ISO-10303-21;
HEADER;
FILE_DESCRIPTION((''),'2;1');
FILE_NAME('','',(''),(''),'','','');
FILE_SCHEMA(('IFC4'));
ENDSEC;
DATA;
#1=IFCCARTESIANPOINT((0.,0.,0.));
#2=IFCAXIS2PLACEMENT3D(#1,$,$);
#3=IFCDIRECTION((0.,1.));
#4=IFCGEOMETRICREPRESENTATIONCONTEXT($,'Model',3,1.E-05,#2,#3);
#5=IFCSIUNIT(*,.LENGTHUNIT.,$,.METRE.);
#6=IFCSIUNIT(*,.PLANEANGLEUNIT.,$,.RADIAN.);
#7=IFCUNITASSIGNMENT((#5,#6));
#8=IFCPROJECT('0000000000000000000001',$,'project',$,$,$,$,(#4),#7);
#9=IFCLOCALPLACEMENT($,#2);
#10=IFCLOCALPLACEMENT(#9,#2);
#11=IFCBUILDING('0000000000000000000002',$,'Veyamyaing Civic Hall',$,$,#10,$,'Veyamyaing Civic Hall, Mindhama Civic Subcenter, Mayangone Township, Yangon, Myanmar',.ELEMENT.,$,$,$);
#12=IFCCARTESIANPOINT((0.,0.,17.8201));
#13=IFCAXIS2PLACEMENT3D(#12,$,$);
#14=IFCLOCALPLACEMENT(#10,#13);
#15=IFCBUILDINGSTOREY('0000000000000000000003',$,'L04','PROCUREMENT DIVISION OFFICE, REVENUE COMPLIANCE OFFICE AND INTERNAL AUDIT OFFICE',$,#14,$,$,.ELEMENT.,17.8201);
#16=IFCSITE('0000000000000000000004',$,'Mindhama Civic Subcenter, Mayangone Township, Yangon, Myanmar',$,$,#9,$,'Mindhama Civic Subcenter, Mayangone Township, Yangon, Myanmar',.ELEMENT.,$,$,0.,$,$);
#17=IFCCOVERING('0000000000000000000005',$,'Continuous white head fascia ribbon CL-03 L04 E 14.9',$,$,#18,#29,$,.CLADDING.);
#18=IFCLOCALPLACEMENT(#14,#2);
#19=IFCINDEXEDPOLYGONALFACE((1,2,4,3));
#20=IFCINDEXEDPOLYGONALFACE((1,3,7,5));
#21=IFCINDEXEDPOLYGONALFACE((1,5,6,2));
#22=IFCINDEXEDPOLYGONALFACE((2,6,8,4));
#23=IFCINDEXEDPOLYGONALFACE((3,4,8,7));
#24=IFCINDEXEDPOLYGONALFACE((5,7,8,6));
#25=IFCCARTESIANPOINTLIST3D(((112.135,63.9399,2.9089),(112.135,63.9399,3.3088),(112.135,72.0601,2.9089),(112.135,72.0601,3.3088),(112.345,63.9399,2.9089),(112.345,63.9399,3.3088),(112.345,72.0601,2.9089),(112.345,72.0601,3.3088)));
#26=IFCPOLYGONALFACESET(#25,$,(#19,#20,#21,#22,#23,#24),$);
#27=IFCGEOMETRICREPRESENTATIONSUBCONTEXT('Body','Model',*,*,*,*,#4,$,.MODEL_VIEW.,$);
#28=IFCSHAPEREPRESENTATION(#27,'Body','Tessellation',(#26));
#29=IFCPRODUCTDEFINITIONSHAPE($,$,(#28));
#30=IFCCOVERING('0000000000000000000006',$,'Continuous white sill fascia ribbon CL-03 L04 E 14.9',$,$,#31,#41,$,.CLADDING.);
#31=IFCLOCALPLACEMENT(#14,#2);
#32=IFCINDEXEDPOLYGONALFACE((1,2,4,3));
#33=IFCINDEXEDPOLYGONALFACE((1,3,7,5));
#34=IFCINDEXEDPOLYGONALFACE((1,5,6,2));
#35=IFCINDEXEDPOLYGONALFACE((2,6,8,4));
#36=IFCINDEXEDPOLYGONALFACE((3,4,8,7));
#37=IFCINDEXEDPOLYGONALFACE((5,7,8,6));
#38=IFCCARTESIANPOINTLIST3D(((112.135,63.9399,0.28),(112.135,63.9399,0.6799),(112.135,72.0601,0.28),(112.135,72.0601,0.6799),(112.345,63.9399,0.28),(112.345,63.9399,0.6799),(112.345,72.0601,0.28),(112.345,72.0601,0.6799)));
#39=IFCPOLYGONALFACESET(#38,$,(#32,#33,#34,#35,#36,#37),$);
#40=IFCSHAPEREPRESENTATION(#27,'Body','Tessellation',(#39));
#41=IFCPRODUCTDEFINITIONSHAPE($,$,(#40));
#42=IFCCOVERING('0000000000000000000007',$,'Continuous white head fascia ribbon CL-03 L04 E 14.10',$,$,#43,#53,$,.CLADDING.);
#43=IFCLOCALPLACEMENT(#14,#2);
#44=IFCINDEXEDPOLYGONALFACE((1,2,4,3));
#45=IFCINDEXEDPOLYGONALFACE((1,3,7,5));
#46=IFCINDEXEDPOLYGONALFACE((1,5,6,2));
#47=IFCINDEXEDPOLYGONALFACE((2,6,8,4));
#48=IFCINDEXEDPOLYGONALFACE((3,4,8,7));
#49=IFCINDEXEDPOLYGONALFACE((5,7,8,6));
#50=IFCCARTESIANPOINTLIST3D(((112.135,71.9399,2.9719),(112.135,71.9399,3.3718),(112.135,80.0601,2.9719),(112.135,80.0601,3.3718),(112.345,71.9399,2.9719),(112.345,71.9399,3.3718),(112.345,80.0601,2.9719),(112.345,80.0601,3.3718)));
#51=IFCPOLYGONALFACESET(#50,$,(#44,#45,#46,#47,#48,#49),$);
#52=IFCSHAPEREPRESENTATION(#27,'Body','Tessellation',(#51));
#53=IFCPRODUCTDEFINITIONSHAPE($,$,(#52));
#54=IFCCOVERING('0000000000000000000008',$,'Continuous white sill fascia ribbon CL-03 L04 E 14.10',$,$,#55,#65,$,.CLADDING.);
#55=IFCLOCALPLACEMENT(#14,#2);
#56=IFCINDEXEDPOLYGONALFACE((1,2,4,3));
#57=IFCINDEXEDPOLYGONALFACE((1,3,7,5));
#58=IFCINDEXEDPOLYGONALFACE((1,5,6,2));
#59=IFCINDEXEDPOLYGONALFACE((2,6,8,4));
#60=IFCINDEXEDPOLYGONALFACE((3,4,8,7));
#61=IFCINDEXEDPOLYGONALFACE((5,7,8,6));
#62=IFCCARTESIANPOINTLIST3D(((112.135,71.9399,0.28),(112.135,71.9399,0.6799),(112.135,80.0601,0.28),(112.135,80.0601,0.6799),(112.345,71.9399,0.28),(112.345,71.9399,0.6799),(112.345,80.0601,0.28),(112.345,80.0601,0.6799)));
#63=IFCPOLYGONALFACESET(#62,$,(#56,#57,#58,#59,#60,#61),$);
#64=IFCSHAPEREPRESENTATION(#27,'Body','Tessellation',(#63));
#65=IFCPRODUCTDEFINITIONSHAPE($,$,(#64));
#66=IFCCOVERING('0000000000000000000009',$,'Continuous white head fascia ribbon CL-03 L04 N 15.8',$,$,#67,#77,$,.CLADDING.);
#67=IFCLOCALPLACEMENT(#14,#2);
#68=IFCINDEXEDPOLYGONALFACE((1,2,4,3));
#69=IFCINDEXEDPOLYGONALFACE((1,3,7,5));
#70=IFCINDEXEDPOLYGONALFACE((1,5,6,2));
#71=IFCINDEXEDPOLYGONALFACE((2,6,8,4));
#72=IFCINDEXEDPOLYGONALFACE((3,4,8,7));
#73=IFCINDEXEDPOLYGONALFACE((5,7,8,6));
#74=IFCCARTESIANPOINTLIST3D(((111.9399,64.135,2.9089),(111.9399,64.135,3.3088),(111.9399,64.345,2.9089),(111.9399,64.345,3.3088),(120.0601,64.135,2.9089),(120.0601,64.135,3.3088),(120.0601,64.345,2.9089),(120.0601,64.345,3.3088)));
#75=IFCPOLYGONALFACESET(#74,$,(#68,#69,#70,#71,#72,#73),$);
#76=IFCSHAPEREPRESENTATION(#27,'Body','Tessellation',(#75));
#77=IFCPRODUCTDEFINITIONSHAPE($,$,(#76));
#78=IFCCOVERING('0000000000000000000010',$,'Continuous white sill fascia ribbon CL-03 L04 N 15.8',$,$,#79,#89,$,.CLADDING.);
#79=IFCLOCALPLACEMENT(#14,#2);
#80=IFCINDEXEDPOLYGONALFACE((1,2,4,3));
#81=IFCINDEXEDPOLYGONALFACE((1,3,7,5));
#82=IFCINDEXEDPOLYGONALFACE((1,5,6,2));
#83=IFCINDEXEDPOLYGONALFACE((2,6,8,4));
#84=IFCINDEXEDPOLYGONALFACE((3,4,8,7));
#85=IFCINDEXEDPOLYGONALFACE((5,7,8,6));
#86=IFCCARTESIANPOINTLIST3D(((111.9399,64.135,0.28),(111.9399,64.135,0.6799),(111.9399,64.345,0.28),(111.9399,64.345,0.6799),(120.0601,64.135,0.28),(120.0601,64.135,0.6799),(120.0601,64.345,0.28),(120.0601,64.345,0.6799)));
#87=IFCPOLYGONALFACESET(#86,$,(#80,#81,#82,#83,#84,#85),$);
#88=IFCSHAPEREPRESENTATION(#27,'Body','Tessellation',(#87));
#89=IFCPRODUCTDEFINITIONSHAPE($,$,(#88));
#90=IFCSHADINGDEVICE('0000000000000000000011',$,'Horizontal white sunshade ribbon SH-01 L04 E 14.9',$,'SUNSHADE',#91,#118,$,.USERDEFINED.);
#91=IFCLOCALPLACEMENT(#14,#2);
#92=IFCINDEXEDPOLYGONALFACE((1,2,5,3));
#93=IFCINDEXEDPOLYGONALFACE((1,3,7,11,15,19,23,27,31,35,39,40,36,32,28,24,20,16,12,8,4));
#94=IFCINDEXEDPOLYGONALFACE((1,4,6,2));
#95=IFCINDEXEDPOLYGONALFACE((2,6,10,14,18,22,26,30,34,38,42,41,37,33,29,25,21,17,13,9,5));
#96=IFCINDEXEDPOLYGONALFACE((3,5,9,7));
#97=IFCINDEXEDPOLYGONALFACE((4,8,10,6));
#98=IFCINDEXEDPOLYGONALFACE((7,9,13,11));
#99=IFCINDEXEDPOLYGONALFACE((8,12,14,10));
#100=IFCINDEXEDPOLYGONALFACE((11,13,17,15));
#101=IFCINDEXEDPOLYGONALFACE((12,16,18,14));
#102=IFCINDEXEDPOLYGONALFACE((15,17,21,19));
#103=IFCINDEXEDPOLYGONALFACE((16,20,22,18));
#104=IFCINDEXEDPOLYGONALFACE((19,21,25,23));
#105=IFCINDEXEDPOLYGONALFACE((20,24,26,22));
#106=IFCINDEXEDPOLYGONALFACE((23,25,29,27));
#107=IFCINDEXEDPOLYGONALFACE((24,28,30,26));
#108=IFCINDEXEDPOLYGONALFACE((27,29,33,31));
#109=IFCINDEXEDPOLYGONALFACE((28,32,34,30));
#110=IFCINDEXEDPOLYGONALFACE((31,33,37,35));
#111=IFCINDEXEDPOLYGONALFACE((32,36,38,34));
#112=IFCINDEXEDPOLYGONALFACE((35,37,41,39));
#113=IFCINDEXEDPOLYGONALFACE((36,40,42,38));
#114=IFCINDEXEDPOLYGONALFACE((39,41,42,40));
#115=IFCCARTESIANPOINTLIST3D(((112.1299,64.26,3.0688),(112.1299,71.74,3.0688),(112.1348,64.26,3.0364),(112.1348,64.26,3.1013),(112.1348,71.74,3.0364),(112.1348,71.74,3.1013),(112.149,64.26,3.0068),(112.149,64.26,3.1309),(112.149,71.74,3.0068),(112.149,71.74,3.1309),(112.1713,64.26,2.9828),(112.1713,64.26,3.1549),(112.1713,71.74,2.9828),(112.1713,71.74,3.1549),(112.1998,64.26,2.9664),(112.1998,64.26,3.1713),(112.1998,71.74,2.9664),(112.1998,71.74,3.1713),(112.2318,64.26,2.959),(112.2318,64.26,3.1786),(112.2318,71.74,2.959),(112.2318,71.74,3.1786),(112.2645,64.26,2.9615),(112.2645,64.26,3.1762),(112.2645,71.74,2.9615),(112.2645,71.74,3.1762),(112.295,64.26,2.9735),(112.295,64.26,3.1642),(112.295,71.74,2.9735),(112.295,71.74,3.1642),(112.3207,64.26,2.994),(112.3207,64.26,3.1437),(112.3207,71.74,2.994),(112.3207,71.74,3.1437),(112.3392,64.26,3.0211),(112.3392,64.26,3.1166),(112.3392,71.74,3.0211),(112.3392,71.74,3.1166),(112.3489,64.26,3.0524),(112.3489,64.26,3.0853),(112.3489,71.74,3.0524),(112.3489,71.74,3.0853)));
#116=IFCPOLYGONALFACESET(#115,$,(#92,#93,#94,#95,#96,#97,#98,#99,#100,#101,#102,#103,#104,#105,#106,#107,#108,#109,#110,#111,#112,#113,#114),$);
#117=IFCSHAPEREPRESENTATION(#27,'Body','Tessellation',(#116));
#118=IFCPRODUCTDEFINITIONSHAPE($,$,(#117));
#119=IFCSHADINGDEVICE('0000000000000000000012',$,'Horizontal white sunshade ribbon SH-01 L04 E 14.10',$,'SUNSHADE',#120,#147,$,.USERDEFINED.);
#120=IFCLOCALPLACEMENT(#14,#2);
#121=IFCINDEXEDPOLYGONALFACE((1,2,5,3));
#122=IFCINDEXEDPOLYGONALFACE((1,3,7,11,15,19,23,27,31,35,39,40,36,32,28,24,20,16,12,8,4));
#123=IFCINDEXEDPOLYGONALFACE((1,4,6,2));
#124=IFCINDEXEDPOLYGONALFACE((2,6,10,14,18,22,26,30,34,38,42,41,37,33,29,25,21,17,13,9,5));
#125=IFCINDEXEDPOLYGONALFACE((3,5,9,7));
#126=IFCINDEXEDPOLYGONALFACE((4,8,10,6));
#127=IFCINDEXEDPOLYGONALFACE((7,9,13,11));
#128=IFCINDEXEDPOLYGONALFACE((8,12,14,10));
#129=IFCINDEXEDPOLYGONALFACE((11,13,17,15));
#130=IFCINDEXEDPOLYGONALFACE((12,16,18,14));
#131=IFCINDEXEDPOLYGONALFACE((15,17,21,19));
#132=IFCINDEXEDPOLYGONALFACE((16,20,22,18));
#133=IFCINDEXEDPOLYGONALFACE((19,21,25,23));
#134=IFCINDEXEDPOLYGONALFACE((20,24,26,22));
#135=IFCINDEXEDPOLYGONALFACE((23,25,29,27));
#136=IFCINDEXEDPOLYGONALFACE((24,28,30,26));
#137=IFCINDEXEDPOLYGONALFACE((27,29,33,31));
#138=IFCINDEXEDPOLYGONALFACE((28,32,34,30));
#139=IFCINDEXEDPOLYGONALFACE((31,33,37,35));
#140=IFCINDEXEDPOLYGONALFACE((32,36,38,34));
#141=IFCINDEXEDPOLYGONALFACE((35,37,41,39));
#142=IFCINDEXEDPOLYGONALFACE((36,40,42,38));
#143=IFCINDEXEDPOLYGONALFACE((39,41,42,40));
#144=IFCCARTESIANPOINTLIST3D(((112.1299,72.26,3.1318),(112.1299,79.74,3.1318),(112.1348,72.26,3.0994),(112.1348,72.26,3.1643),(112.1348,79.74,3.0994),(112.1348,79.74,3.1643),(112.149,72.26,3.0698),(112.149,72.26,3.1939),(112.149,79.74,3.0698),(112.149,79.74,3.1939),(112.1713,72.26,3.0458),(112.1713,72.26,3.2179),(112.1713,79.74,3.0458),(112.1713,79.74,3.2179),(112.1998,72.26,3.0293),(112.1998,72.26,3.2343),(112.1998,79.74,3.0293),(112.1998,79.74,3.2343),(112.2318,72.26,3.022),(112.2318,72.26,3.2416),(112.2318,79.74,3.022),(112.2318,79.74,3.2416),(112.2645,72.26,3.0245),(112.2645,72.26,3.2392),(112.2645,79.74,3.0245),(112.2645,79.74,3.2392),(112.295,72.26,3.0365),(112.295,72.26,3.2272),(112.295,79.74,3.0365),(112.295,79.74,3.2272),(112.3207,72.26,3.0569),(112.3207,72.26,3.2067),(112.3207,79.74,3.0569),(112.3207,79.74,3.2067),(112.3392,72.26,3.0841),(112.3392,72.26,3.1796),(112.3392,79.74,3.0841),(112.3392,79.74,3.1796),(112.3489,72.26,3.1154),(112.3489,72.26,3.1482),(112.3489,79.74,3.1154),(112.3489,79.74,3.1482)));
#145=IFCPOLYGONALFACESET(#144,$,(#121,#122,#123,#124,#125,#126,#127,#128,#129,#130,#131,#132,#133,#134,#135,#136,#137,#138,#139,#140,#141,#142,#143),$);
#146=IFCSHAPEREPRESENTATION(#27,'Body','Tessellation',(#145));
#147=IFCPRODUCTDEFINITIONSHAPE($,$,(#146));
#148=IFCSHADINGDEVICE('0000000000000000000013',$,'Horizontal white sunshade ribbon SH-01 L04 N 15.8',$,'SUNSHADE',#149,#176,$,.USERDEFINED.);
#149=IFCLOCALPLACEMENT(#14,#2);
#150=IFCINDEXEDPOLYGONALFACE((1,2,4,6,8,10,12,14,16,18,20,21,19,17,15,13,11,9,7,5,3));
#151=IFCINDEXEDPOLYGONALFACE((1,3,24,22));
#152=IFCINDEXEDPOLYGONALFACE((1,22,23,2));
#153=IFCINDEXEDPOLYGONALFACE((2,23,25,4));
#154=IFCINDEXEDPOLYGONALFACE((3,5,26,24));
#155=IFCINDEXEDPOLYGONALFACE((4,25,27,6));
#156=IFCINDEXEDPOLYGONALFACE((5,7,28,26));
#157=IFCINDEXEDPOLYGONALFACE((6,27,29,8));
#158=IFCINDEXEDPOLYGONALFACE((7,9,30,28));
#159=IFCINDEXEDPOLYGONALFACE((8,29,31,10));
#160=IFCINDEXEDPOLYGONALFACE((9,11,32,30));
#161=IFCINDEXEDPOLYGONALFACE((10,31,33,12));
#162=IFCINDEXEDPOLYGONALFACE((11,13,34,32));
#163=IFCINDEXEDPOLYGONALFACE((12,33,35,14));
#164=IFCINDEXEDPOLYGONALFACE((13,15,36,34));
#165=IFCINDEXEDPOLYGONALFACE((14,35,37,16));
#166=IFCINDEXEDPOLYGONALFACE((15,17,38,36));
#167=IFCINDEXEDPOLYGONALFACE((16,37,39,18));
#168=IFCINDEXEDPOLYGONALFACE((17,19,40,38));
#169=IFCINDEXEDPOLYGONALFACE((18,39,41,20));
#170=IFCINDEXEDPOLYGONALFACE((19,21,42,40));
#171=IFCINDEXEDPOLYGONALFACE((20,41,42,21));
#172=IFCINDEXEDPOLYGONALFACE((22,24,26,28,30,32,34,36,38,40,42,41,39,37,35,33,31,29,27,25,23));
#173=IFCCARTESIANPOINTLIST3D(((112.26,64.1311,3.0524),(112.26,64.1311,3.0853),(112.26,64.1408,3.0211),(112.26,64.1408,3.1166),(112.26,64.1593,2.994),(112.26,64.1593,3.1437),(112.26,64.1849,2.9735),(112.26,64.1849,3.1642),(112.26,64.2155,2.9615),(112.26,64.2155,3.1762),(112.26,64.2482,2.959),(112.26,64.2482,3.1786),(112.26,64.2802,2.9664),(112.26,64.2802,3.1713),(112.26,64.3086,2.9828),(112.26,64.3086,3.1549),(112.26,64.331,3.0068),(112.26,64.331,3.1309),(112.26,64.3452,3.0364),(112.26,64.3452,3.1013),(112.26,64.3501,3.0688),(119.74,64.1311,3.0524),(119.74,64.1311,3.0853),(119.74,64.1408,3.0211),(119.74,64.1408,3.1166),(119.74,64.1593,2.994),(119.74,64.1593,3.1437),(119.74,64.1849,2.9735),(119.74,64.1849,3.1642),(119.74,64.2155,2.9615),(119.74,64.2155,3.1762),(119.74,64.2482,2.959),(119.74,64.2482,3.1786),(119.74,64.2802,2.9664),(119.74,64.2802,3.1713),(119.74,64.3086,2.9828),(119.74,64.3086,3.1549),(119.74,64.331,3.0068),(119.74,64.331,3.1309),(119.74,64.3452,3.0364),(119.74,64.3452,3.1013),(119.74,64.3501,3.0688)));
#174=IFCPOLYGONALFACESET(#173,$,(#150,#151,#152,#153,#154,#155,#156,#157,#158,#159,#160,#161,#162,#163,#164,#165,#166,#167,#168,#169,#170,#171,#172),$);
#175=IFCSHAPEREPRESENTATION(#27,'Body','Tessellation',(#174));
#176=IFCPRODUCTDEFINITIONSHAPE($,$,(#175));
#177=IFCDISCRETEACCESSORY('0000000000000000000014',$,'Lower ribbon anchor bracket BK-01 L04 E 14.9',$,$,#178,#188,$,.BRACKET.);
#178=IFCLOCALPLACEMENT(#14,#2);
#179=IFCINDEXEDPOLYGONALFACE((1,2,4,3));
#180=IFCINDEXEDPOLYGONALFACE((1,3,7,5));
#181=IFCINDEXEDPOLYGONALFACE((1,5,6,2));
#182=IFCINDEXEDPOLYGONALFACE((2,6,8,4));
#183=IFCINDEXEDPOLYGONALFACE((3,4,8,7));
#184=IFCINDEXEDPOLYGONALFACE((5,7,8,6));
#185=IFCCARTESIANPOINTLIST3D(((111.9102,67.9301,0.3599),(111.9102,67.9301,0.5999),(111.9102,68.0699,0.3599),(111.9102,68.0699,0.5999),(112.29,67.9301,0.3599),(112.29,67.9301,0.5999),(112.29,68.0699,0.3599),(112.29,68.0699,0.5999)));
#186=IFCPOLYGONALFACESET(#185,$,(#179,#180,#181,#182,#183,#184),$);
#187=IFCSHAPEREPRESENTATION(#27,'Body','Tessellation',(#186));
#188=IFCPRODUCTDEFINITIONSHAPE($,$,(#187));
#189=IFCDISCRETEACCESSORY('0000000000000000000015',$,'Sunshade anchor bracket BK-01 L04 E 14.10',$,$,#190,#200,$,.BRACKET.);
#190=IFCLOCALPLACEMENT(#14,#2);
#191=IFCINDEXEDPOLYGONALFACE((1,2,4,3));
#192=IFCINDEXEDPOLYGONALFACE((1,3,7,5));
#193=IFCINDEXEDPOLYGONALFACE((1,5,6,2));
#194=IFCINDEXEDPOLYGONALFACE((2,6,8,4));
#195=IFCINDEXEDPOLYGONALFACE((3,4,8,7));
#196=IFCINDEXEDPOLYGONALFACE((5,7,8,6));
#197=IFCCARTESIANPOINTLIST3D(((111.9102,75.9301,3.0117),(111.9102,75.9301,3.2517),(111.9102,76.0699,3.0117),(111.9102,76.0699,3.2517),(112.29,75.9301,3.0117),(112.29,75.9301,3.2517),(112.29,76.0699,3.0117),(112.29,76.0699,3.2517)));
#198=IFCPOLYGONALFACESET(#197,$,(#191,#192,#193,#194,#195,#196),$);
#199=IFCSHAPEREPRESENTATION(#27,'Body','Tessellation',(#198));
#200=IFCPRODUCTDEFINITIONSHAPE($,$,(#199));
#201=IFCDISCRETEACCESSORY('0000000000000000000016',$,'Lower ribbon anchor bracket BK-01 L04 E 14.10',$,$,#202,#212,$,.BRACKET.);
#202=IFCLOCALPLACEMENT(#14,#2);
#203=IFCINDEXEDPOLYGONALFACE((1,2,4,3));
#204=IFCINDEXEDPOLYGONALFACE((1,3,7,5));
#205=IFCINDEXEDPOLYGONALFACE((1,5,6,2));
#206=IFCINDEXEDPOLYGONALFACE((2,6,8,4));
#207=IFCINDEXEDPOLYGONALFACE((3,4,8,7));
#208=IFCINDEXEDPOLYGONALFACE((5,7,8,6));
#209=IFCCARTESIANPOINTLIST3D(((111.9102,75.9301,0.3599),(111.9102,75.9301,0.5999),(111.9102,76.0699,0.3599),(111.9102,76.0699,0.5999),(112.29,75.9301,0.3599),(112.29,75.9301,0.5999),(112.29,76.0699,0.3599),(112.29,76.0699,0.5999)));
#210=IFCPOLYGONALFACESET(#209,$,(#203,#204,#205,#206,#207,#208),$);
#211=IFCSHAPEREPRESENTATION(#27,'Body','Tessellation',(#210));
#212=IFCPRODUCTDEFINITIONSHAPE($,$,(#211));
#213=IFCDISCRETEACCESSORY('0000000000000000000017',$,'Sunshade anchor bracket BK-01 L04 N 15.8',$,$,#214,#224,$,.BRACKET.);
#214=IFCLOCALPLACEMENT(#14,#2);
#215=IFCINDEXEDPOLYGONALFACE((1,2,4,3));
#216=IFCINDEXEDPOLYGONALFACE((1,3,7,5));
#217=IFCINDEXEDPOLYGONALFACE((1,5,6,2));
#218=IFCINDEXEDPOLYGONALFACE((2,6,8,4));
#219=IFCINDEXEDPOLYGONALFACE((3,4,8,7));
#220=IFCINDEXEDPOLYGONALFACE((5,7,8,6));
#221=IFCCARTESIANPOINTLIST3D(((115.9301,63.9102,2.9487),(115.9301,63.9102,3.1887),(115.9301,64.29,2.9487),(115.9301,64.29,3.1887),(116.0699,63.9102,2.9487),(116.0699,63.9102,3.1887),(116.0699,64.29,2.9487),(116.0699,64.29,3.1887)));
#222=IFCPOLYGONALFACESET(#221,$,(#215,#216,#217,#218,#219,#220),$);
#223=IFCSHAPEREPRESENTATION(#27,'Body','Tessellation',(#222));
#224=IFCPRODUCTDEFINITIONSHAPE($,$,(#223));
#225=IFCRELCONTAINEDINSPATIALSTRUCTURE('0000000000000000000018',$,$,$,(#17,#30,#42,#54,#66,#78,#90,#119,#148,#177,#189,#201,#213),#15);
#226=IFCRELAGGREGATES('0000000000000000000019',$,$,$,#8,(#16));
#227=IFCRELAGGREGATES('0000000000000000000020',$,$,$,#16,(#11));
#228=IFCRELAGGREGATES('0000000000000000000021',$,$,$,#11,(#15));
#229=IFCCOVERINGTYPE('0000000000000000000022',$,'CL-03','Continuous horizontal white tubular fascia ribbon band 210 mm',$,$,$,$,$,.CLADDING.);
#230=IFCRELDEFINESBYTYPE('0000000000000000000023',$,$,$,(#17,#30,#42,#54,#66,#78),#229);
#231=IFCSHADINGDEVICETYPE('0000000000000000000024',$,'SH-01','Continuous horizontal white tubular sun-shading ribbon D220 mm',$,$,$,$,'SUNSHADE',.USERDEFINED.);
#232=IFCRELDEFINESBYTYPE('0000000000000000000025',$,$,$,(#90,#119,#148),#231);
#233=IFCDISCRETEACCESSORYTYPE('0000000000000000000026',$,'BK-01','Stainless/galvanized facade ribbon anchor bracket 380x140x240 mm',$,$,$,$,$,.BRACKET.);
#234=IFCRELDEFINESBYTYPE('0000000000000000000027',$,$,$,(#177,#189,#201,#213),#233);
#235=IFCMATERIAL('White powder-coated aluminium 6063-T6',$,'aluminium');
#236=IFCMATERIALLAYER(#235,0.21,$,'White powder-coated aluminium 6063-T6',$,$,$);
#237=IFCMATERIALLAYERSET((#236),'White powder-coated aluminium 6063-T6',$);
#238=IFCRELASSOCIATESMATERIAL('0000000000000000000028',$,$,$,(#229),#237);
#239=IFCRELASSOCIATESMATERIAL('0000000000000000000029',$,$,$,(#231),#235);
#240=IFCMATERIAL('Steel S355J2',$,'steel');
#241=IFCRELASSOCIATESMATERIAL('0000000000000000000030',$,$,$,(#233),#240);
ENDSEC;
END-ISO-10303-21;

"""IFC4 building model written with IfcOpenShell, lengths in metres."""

from ifc_helpers import new_model, si_unit, direction, frame, origin, origin_2d, place, context, subcontext, project, spatial, rectangle, circle, extrude, material, layer, layer_set, material_profile, profile_set, type_object, element, save


model = new_model("IFC4")

# Units and contexts
model_context = context("Model", 3, precision=1e-05, world=origin(), true_north=direction((0.0, 1.0)))
body_context = subcontext(model_context, "Body", "Model", "MODEL_VIEW")
ifc_project = project(units=[si_unit("LENGTHUNIT", "METRE"), si_unit("PLANEANGLEUNIT", "RADIAN")], contexts=[model_context])

# Site, building, storey
site_placement = place(None, origin())
site = spatial("IfcSite", under=ifc_project, at=site_placement, Name="Mindhama Civic Subcenter, Mayangone Township, Yangon, Myanmar", LongName="Mindhama Civic Subcenter, Mayangone Township, Yangon, Myanmar", CompositionType="ELEMENT", RefElevation=0.0)
building_placement = place(site_placement, origin())
building = spatial("IfcBuilding", under=site, at=building_placement, Name="Veyamyaing Civic Hall", LongName="Veyamyaing Civic Hall, Mindhama Civic Subcenter, Mayangone Township, Yangon, Myanmar", CompositionType="ELEMENT")
storey_placement = place(building_placement, frame((0.0, 0.0, 17.8201)))
storey = spatial("IfcBuildingStorey", under=building, at=storey_placement, Name="L04", Description="PROCUREMENT DIVISION OFFICE, REVENUE COMPLIANCE OFFICE AND INTERNAL AUDIT OFFICE", CompositionType="ELEMENT", Elevation=17.8201)

# Coverings
ifc_material_1 = material(Name="White powder-coated aluminium 6063-T6", Category="aluminium")
ifc_layer_1 = layer(ifc_material_1, 0.21, Name="White powder-coated aluminium 6063-T6")
ifc_layer_set_1 = layer_set([ifc_layer_1], Name="White powder-coated aluminium 6063-T6")
covering_type_1 = type_object("IfcCoveringType", Name="CL-03", Description="Continuous horizontal white tubular fascia ribbon band 210 mm", PredefinedType="CLADDING", material=ifc_layer_set_1)
for number, where, z_axis, x_axis, name in (
    (1, (112.24, 68.0, 2.9089), (0.0, 0.0, 1.0), (0.0, 1.0, 0.0), "Continuous white head fascia ribbon CL-03 L04 E 14.9"),
    (2, (112.24, 68.0, 0.28), (0.0, 0.0, 1.0), (0.0, 1.0, 0.0), "Continuous white sill fascia ribbon CL-03 L04 E 14.9"),
    (3, (112.24, 76.0, 2.9719), (0.0, 0.0, 1.0), (0.0, 1.0, 0.0), "Continuous white head fascia ribbon CL-03 L04 E 14.10"),
    (4, (112.24, 76.0, 0.28), (0.0, 0.0, 1.0), (0.0, 1.0, 0.0), "Continuous white sill fascia ribbon CL-03 L04 E 14.10"),
    (5, (116.0, 64.24, 2.9089), (0.0, 0.0, 1.0), (1.0, 0.0, 0.0), "Continuous white head fascia ribbon CL-03 L04 N 15.8"),
    (6, (116.0, 64.24, 0.28), (0.0, 0.0, 1.0), (1.0, 0.0, 0.0), "Continuous white sill fascia ribbon CL-03 L04 N 15.8"),
):
    element("IfcCovering", number, at=place(storey_placement, frame(where, z_axis=z_axis, x_axis=x_axis)), inside=storey, type_object=covering_type_1, Name=name, PredefinedType="CLADDING", context=body_context, shape_type="SweptSolid", body=[
        extrude(rectangle(XDim=8.1201, YDim=0.21, at=origin_2d()), origin(), (0.0, 0.0, 1.0), 0.3999),
    ])

# Shading devices
ifc_material_profile_1 = material_profile(ifc_material_1, circle(Radius=0.1101, at=origin_2d()), Name="SHADE-TUBE-220")
ifc_profile_set_1 = profile_set([ifc_material_profile_1], Name="White powder-coated aluminium 6063-T6")
shading_device_type = type_object("IfcShadingDeviceType", Name="SH-01", Description="Continuous horizontal white tubular sun-shading ribbon D220 mm", ElementType="SUNSHADE", PredefinedType="USERDEFINED", material=ifc_profile_set_1)
for number, where, z_axis, x_axis, name in (
    (7, (112.24, 64.26, 3.0688), (0.0, 1.0, 0.0), (-1.0, 0.0, 0.0), "Horizontal white sunshade ribbon SH-01 L04 E 14.9"),
    (8, (112.24, 72.26, 3.1318), (0.0, 1.0, 0.0), (-1.0, 0.0, 0.0), "Horizontal white sunshade ribbon SH-01 L04 E 14.10"),
    (9, (112.26, 64.24, 3.0688), (1.0, 0.0, 0.0), (0.0, 1.0, 0.0), "Horizontal white sunshade ribbon SH-01 L04 N 15.8"),
):
    element("IfcShadingDevice", number, at=place(storey_placement, frame(where, z_axis=z_axis, x_axis=x_axis)), inside=storey, type_object=shading_device_type, Name=name, ObjectType="SUNSHADE", PredefinedType="USERDEFINED", context=body_context, shape_type="SweptSolid", body=[
        extrude(circle(Radius=0.1101, at=origin_2d()), origin(), (0.0, 0.0, 1.0), 7.48),
    ])

# Discrete accessories
ifc_material_2 = material(Name="Steel S355J2", Category="steel")
discrete_accessory_type = type_object("IfcDiscreteAccessoryType", Name="BK-01", Description="Stainless/galvanized facade ribbon anchor bracket 380x140x240 mm", PredefinedType="BRACKET", material=ifc_material_2)
for number, where, z_axis, x_axis, name in (
    (10, (112.1001, 68.0, 0.3599), (0.0, 0.0, 1.0), (1.0, 0.0, 0.0), "Lower ribbon anchor bracket BK-01 L04 E 14.9"),
    (11, (112.1001, 76.0, 3.0117), (0.0, 0.0, 1.0), (1.0, 0.0, 0.0), "Sunshade anchor bracket BK-01 L04 E 14.10"),
    (12, (112.1001, 76.0, 0.3599), (0.0, 0.0, 1.0), (1.0, 0.0, 0.0), "Lower ribbon anchor bracket BK-01 L04 E 14.10"),
    (13, (116.0, 64.1001, 2.9487), (0.0, 0.0, 1.0), (0.0, 1.0, 0.0), "Sunshade anchor bracket BK-01 L04 N 15.8"),
):
    element("IfcDiscreteAccessory", number, at=place(storey_placement, frame(where, z_axis=z_axis, x_axis=x_axis)), inside=storey, type_object=discrete_accessory_type, Name=name, PredefinedType="BRACKET", context=body_context, shape_type="SweptSolid", body=[
        extrude(rectangle(XDim=0.3799, YDim=0.1399, at=origin_2d()), origin(), (0.0, 0.0, 1.0), 0.24),
    ])

save(model, "model.ifc")
